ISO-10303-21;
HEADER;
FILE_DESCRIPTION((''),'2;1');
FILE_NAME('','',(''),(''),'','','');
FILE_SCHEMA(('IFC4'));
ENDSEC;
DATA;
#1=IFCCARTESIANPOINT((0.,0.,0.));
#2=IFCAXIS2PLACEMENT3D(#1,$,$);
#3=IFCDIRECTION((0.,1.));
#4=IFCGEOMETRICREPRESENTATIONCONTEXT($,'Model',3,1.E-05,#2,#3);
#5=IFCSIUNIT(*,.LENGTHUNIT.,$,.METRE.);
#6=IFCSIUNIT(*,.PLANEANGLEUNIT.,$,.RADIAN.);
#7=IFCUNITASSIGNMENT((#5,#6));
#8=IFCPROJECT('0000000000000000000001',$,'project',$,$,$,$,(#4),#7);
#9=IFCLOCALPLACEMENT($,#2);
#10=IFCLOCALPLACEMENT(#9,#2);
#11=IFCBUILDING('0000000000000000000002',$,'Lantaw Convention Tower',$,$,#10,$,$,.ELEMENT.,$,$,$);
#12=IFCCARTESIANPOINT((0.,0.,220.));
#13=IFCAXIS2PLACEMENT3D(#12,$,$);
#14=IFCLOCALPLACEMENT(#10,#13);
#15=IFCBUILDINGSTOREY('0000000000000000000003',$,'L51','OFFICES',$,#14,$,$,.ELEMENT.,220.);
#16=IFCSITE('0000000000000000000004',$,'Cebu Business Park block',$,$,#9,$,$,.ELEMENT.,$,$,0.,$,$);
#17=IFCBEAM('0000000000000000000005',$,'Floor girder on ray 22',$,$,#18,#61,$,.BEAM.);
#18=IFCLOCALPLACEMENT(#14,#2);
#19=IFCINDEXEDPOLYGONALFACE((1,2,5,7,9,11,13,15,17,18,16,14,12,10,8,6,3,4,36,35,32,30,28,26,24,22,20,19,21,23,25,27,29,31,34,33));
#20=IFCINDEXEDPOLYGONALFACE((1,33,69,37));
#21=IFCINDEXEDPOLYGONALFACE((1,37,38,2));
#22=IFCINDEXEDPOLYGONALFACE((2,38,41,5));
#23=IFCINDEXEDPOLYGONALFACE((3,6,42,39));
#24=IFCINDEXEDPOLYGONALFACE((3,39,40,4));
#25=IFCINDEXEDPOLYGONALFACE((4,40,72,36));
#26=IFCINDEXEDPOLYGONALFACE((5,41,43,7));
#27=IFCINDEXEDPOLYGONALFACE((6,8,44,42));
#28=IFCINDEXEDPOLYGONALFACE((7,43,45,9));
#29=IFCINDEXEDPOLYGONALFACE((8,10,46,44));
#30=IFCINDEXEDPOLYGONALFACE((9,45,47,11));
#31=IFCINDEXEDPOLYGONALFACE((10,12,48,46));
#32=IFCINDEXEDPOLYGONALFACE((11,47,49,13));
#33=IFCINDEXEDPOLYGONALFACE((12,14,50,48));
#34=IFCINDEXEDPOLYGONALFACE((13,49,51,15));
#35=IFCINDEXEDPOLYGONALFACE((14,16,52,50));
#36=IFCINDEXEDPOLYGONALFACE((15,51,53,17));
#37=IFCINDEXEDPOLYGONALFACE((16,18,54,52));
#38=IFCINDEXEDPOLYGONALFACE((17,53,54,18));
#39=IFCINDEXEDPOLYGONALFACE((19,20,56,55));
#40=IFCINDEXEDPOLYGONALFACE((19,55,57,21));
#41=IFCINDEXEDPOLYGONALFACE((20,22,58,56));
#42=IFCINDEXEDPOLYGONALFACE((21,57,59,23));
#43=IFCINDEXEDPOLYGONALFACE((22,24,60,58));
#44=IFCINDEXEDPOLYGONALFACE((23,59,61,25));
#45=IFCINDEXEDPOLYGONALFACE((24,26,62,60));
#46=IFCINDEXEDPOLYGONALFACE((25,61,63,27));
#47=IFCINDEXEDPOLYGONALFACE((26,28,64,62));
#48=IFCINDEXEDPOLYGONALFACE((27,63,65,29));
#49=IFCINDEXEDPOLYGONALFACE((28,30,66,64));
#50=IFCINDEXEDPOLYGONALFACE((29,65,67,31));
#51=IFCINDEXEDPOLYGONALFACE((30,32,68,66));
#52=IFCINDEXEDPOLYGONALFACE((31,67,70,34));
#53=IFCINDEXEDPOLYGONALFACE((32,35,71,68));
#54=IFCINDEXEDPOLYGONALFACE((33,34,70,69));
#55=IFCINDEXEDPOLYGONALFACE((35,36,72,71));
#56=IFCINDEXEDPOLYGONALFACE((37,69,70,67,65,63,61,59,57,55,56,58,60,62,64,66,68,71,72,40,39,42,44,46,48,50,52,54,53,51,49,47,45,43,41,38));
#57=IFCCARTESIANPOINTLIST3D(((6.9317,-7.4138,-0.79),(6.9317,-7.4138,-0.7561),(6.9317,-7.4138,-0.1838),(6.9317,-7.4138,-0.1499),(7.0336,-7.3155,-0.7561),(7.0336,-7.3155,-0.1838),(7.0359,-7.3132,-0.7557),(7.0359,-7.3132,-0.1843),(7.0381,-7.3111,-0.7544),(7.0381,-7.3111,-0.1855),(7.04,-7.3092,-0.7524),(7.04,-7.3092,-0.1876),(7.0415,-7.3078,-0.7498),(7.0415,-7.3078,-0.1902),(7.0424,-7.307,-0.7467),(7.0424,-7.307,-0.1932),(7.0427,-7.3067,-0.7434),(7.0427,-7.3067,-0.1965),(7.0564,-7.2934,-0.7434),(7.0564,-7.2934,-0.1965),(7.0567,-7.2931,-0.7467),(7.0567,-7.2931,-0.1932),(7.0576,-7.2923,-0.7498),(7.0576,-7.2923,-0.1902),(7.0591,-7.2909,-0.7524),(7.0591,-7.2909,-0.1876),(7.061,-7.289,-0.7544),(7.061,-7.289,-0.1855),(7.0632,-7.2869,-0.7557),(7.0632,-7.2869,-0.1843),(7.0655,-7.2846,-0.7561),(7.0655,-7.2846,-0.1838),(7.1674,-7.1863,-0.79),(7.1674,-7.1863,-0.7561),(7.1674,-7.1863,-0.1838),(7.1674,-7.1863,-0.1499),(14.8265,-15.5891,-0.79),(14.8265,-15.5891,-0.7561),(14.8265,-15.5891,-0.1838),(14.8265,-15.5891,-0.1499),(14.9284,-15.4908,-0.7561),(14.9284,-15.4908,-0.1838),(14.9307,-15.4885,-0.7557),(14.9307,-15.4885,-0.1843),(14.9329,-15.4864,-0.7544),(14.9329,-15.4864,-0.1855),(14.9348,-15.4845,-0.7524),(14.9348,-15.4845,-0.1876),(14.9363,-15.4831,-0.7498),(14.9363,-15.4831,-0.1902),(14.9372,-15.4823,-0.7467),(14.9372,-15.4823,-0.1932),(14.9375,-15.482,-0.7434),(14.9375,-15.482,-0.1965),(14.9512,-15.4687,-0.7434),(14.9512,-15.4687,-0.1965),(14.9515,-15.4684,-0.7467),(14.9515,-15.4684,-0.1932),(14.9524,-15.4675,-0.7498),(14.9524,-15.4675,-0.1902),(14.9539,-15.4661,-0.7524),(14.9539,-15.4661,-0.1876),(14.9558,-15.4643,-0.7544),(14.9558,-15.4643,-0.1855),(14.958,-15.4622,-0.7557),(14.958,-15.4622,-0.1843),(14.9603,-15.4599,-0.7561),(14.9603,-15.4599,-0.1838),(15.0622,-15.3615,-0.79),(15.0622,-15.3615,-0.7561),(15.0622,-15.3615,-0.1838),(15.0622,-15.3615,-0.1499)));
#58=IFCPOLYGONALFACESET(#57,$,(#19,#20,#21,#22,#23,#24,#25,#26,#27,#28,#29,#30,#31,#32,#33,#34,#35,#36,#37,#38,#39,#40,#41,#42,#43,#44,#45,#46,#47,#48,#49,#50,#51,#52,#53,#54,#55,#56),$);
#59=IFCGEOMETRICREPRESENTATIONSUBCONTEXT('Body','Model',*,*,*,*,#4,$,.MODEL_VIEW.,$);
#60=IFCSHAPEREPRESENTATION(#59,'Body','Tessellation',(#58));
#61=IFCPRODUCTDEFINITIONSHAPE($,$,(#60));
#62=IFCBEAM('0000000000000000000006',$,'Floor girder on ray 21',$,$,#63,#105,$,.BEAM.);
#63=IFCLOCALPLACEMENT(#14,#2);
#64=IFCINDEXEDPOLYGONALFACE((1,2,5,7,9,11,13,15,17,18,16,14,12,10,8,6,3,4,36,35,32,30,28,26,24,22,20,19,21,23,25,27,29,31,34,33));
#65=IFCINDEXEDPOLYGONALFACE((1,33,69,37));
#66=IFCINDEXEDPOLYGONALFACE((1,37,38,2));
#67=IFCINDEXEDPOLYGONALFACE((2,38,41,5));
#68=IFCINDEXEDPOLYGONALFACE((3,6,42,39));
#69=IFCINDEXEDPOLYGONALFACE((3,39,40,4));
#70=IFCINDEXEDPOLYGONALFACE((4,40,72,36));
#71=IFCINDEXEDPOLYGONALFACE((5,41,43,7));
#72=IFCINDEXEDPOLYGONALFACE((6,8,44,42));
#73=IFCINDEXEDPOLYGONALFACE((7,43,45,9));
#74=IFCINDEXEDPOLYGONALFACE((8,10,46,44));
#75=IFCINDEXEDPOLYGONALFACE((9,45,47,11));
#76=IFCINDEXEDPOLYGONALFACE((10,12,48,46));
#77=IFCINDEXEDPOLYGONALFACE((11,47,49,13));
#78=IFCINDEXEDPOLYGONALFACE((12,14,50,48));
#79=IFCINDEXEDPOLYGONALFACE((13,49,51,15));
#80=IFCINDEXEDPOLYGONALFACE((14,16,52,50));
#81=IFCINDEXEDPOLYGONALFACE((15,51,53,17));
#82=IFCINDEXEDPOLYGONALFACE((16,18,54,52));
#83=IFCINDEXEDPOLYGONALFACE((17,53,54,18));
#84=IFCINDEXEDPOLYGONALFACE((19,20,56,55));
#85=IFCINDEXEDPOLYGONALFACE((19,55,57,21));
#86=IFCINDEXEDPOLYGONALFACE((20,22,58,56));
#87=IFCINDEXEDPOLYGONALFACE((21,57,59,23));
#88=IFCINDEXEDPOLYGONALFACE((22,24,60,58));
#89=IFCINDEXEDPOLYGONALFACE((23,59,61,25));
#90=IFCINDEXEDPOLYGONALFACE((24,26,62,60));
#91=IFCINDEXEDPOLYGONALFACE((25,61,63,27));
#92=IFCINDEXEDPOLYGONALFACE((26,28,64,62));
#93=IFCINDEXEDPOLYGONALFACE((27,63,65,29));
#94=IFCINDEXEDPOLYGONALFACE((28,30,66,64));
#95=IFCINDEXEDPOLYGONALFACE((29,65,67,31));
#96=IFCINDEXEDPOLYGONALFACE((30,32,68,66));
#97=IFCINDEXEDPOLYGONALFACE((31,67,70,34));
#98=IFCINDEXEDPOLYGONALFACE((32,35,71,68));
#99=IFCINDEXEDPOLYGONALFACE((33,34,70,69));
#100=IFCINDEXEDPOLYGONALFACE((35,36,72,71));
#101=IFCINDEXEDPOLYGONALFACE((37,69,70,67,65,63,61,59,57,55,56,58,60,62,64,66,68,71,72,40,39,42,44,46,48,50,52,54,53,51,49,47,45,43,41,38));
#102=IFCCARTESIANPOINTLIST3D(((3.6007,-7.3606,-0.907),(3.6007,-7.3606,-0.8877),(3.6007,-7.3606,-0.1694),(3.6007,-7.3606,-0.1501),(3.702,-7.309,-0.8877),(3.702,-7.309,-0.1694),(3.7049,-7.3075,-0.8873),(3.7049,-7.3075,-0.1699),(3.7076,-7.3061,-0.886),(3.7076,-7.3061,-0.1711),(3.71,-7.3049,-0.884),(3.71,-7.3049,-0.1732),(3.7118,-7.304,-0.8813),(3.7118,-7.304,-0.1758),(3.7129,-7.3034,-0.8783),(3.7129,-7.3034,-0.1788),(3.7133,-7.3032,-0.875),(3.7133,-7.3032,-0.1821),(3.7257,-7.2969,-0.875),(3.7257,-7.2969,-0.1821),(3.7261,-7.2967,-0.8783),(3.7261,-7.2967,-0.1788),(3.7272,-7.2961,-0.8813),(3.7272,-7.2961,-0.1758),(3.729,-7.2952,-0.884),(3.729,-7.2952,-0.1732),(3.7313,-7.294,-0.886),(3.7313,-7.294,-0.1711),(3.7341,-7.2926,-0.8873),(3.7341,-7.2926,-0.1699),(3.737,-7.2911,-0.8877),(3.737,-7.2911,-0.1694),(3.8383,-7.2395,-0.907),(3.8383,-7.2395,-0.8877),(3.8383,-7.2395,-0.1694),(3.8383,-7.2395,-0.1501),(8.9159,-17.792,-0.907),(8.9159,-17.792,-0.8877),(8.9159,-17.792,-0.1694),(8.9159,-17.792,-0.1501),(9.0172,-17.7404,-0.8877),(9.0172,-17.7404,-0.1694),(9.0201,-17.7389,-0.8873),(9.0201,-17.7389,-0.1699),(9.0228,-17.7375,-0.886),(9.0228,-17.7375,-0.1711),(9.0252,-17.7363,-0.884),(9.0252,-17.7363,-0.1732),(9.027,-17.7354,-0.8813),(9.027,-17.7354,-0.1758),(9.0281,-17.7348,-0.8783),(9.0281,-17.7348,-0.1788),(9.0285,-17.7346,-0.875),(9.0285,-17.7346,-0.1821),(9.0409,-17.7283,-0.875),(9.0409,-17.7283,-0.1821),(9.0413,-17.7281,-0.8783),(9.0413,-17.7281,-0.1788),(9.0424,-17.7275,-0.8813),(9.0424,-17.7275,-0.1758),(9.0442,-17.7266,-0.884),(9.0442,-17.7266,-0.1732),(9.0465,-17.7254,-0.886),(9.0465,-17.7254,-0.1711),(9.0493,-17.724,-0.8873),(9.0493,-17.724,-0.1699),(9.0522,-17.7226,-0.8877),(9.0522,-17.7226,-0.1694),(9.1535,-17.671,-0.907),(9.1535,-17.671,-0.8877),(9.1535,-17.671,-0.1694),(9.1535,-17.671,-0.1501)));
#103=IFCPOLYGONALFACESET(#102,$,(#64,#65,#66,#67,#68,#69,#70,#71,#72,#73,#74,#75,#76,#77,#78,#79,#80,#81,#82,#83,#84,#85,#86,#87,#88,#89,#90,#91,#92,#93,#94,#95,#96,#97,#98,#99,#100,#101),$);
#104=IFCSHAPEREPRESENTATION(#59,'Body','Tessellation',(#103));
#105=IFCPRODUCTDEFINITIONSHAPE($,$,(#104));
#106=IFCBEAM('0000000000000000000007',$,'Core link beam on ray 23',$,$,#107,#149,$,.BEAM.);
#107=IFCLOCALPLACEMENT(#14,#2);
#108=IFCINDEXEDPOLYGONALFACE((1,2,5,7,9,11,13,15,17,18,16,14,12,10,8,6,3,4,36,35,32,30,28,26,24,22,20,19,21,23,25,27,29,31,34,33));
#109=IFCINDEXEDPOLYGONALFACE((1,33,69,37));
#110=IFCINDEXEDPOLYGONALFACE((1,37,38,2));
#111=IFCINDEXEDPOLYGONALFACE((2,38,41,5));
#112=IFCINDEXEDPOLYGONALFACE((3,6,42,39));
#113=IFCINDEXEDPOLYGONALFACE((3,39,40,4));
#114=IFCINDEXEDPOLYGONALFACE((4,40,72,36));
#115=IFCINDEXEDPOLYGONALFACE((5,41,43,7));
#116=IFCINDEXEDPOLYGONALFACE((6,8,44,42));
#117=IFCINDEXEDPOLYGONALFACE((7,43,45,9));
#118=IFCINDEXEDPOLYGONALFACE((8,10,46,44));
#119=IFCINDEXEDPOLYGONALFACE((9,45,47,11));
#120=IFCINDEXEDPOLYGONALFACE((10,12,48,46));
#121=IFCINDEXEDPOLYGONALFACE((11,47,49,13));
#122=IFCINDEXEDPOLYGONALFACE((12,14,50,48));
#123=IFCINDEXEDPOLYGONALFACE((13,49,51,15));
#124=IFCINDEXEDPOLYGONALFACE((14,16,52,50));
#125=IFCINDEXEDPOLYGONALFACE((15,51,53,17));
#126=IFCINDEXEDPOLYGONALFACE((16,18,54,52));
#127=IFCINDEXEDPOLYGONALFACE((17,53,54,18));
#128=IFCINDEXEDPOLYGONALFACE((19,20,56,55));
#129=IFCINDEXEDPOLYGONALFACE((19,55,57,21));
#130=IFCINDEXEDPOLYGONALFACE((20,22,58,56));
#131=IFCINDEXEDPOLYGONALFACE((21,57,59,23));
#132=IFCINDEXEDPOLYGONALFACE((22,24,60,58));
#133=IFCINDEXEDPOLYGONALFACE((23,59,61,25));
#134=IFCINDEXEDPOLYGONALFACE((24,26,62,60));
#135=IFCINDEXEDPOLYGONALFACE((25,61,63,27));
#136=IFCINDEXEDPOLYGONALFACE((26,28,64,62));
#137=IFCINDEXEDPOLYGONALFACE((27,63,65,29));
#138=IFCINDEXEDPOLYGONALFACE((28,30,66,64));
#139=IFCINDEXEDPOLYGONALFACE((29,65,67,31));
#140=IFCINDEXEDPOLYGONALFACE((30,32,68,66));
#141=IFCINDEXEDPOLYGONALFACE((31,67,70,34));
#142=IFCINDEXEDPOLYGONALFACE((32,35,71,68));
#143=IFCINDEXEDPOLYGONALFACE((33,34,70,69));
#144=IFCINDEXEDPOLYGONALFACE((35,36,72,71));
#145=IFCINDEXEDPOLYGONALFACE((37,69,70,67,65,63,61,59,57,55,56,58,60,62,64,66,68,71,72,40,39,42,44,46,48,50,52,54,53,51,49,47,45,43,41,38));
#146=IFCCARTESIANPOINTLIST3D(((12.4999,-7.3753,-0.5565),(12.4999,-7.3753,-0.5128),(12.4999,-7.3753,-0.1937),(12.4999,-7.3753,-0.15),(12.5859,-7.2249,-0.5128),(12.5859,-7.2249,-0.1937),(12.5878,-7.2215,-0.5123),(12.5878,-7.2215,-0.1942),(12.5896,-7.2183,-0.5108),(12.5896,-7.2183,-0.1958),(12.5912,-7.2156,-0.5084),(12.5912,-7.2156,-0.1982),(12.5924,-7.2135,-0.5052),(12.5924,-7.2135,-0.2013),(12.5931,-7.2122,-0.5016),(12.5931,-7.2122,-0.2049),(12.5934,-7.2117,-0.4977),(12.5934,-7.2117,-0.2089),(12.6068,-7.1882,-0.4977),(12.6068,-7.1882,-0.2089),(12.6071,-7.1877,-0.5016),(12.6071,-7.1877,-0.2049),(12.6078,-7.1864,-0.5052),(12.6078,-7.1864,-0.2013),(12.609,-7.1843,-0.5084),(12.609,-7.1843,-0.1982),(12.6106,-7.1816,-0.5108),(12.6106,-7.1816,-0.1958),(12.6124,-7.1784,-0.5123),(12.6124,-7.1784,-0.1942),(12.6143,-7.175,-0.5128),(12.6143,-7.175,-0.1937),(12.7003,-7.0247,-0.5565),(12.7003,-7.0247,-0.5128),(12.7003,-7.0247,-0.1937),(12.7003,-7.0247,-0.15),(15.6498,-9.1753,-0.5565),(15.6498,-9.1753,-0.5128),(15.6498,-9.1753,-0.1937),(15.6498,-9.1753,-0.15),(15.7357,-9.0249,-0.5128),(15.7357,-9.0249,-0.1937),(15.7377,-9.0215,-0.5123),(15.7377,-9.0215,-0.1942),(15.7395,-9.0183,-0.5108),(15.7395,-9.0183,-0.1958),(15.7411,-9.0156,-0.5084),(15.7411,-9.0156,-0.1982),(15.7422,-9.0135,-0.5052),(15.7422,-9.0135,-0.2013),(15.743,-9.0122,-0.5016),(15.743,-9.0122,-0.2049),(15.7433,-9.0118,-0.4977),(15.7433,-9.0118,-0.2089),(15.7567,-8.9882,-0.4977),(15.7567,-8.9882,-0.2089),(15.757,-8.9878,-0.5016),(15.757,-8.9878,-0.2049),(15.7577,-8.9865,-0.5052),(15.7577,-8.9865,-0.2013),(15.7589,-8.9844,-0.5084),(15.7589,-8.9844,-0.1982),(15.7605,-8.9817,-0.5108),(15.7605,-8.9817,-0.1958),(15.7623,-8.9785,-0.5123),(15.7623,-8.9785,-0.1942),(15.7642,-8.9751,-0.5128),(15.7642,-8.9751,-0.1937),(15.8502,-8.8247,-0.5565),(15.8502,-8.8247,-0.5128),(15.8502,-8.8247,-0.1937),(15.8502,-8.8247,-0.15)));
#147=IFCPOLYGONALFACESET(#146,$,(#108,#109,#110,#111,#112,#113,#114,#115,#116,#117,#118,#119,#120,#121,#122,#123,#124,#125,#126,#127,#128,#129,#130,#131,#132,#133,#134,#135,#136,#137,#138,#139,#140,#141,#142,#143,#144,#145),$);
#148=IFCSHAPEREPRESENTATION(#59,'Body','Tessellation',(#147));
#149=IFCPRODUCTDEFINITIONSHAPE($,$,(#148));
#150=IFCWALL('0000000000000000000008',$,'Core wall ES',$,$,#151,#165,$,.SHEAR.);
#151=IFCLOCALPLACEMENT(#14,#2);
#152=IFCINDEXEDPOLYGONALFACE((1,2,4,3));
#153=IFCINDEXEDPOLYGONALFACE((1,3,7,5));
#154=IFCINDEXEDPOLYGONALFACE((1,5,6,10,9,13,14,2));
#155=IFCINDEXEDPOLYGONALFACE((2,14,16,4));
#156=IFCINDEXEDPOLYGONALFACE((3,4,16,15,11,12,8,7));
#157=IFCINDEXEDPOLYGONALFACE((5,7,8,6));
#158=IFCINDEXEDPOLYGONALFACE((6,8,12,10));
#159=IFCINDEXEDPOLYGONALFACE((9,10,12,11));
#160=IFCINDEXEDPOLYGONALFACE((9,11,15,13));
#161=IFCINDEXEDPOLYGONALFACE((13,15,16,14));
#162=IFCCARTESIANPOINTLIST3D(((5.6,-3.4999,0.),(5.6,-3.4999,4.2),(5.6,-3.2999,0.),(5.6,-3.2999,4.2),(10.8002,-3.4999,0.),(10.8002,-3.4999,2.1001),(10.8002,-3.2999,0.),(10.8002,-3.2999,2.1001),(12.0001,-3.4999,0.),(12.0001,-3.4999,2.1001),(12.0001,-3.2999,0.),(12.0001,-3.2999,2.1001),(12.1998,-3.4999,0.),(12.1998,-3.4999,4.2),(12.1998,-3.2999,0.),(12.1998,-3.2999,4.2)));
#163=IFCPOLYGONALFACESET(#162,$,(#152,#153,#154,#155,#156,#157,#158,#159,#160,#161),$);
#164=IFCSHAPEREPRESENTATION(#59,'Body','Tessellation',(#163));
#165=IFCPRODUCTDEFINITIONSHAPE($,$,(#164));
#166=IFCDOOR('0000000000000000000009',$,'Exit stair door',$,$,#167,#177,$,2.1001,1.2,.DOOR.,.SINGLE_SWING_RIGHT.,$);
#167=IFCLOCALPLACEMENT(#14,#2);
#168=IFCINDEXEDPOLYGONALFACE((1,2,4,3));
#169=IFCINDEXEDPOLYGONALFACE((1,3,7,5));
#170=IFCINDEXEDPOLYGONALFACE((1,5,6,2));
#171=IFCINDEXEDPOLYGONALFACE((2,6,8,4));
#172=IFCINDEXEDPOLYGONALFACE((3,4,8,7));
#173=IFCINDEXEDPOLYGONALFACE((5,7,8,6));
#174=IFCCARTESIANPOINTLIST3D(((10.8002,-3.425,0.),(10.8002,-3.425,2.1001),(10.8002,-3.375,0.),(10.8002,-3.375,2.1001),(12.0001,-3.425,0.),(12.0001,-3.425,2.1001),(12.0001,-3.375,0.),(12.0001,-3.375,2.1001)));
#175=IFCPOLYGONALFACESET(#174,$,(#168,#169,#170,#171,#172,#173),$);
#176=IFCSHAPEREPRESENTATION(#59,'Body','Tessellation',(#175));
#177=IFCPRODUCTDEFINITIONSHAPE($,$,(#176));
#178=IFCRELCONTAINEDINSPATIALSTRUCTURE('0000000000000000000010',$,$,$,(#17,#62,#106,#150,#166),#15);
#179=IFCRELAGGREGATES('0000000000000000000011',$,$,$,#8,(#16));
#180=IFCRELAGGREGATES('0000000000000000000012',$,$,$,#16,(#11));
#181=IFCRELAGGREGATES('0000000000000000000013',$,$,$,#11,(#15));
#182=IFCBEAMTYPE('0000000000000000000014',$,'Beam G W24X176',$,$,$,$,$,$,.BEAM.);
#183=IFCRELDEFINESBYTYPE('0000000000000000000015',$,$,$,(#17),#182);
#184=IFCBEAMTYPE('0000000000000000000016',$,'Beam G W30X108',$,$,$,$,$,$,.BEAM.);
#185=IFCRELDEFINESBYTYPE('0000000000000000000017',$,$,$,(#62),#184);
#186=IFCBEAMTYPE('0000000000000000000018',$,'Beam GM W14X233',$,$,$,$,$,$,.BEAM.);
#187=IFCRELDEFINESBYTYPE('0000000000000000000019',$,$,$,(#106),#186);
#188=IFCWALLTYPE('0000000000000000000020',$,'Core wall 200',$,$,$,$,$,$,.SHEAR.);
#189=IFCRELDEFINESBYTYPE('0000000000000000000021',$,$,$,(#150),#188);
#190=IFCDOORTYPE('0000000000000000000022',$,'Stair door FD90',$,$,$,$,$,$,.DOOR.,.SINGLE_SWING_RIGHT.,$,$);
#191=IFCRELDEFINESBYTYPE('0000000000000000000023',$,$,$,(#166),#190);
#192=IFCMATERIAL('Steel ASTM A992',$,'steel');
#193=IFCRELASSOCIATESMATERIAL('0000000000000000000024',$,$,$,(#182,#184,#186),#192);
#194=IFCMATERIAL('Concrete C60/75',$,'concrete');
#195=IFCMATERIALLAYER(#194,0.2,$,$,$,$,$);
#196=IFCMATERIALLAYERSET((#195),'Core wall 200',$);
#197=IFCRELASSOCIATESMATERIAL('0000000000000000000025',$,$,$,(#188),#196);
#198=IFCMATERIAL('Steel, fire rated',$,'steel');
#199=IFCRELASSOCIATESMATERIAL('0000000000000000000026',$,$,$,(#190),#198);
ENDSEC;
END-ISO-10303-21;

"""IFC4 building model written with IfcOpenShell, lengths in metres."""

from ifc_helpers import new_model, si_unit, direction, frame, frame_2d, origin, origin_2d, place, context, subcontext, project, spatial, rectangle, i_section, extrude, material, layer, layer_set, material_profile, profile_set, type_object, element, fill, save


model = new_model("IFC4")

# Units and contexts
model_context = context("Model", 3, precision=1e-05, world=origin(), true_north=direction((0.0, 1.0)))
body_context = subcontext(model_context, "Body", "Model", "MODEL_VIEW")
ifc_project = project(units=[si_unit("LENGTHUNIT", "METRE"), si_unit("PLANEANGLEUNIT", "RADIAN")], contexts=[model_context])

# Site, building, storey
site_placement = place(None, origin())
site = spatial("IfcSite", under=ifc_project, at=site_placement, Name="Cebu Business Park block", CompositionType="ELEMENT", RefElevation=0.0)
building_placement = place(site_placement, origin())
building = spatial("IfcBuilding", under=site, at=building_placement, Name="Lantaw Convention Tower", CompositionType="ELEMENT")
storey_placement = place(building_placement, frame((0.0, 0.0, 220.0)))
storey = spatial("IfcBuildingStorey", under=building, at=storey_placement, Name="L51", Description="OFFICES", CompositionType="ELEMENT", Elevation=220.0)

# Beams
ifc_material_1 = material(Name="Steel ASTM A992", Category="steel")
ifc_material_profile_1 = material_profile(ifc_material_1, i_section(OverallWidth=0.3276, OverallDepth=0.6401, WebThickness=0.019, FlangeThickness=0.0339, FilletRadius=0.0127, at=origin_2d()), Name="W24X176")
ifc_profile_set_1 = profile_set([ifc_material_profile_1], Name="Steel ASTM A992")
beam_type_1 = type_object("IfcBeamType", Name="Beam G W24X176", PredefinedType="BEAM", material=ifc_profile_set_1)
beam_1_placement = place(storey_placement, frame((7.0496, -7.3, -0.47), z_axis=(0.694658, -0.71934, 0.0), x_axis=(0.71934, 0.694658, 0.0)))
element("IfcBeam", 1, at=beam_1_placement, inside=storey, type_object=beam_type_1, Name="Floor girder on ray 22", PredefinedType="BEAM", context=body_context, shape_type="SweptSolid", body=[
    extrude(i_section(OverallWidth=0.3276, OverallDepth=0.6401, WebThickness=0.019, FlangeThickness=0.0339, FilletRadius=0.0127, at=origin_2d()), origin(), (0.0, 0.0, 1.0), 11.365),
])
ifc_material_profile_2 = material_profile(ifc_material_1, i_section(OverallWidth=0.2666, OverallDepth=0.7568, WebThickness=0.0139, FlangeThickness=0.0193, FilletRadius=0.0127, at=origin_2d()), Name="W30X108")
ifc_profile_set_2 = profile_set([ifc_material_profile_2], Name="Steel ASTM A992")
beam_type_2 = type_object("IfcBeamType", Name="Beam G W30X108", PredefinedType="BEAM", material=ifc_profile_set_2)
beam_2_placement = place(storey_placement, frame((3.7195, -7.3, -0.5286), z_axis=(0.453999, -0.891002, 0.0), x_axis=(0.891002, 0.453999, 0.0)))
element("IfcBeam", 2, at=beam_2_placement, inside=storey, type_object=beam_type_2, Name="Floor girder on ray 21", PredefinedType="BEAM", context=body_context, shape_type="SweptSolid", body=[
    extrude(i_section(OverallWidth=0.2666, OverallDepth=0.7568, WebThickness=0.0139, FlangeThickness=0.0193, FilletRadius=0.0127, at=origin_2d()), origin(), (0.0, 0.0, 1.0), 11.7075),
])
ifc_material_profile_3 = material_profile(ifc_material_1, i_section(OverallWidth=0.4038, OverallDepth=0.4065, WebThickness=0.0271, FlangeThickness=0.0437, FilletRadius=0.0151, at=origin_2d()), Name="W14X233")
ifc_profile_set_3 = profile_set([ifc_material_profile_3], Name="Steel ASTM A992")
beam_type_3 = type_object("IfcBeamType", Name="Beam GM W14X233", PredefinedType="BEAM", material=ifc_profile_set_3)
beam_3_placement = place(storey_placement, frame((12.6001, -7.2, -0.3533), z_axis=(0.868231, -0.496161, 0.0), x_axis=(0.496161, 0.868231, 0.0)))
element("IfcBeam", 3, at=beam_3_placement, inside=storey, type_object=beam_type_3, Name="Core link beam on ray 23", PredefinedType="BEAM", context=body_context, shape_type="SweptSolid", body=[
    extrude(i_section(OverallWidth=0.4038, OverallDepth=0.4065, WebThickness=0.0271, FlangeThickness=0.0437, FilletRadius=0.0151, at=origin_2d()), origin(), (0.0, 0.0, 1.0), 3.6279),
])

# Wall, opening, door
ifc_material_2 = material(Name="Concrete C60/75", Category="concrete")
ifc_layer_1 = layer(ifc_material_2, 0.2)
ifc_layer_set_1 = layer_set([ifc_layer_1], Name="Core wall 200")
wall_type_1 = type_object("IfcWallType", Name="Core wall 200", PredefinedType="SHEAR", material=ifc_layer_set_1)
wall_1_placement = place(storey_placement, frame((5.6001, -3.3999, 0.0), z_axis=(0.0, 0.0, 1.0), x_axis=(1.0, 0.0, 0.0)))
wall_1 = element("IfcWall", 4, at=wall_1_placement, inside=storey, type_object=wall_type_1, Name="Core wall ES", PredefinedType="SHEAR", context=body_context, shape_type="SweptSolid", body=[
    extrude(rectangle(XDim=6.5999, YDim=0.2, at=frame_2d((3.2998, 0.0))), origin(), (0.0, 0.0, 1.0), 4.2),
])
opening_1_placement = place(wall_1_placement, frame((5.2, 0.0, 0.0)))
opening_1 = element("IfcOpeningElement", 5, at=opening_1_placement, cuts=wall_1, PredefinedType="OPENING", context=body_context, shape_type="SweptSolid", body=[
    extrude(rectangle(XDim=1.2, YDim=2.1001, at=frame_2d((0.6001, 1.05))), frame((0.0, 0.1099, 0.0), z_axis=(0.0, -1.0, 0.0), x_axis=(1.0, 0.0, 0.0)), (0.0, 0.0, 1.0), 0.22),
])
ifc_material_3 = material(Name="Steel, fire rated", Category="steel")
door_type_1 = type_object("IfcDoorType", Name="Stair door FD90", OperationType="SINGLE_SWING_RIGHT", PredefinedType="DOOR", material=ifc_material_3)
door_1_placement = place(opening_1_placement, origin())
door_1 = element("IfcDoor", 6, at=door_1_placement, inside=storey, type_object=door_type_1, Name="Exit stair door", OperationType="SINGLE_SWING_RIGHT", OverallHeight=2.1001, OverallWidth=1.2, PredefinedType="DOOR", context=body_context, shape_type="SweptSolid", body=[
    extrude(rectangle(XDim=1.2, YDim=2.1001, at=frame_2d((0.6001, 1.05))), frame((0.0, 0.0249, 0.0), z_axis=(0.0, -1.0, 0.0), x_axis=(1.0, 0.0, 0.0)), (0.0, 0.0, 1.0), 0.05),
])
fill(opening_1, door_1)

save(model, "model.ifc")
